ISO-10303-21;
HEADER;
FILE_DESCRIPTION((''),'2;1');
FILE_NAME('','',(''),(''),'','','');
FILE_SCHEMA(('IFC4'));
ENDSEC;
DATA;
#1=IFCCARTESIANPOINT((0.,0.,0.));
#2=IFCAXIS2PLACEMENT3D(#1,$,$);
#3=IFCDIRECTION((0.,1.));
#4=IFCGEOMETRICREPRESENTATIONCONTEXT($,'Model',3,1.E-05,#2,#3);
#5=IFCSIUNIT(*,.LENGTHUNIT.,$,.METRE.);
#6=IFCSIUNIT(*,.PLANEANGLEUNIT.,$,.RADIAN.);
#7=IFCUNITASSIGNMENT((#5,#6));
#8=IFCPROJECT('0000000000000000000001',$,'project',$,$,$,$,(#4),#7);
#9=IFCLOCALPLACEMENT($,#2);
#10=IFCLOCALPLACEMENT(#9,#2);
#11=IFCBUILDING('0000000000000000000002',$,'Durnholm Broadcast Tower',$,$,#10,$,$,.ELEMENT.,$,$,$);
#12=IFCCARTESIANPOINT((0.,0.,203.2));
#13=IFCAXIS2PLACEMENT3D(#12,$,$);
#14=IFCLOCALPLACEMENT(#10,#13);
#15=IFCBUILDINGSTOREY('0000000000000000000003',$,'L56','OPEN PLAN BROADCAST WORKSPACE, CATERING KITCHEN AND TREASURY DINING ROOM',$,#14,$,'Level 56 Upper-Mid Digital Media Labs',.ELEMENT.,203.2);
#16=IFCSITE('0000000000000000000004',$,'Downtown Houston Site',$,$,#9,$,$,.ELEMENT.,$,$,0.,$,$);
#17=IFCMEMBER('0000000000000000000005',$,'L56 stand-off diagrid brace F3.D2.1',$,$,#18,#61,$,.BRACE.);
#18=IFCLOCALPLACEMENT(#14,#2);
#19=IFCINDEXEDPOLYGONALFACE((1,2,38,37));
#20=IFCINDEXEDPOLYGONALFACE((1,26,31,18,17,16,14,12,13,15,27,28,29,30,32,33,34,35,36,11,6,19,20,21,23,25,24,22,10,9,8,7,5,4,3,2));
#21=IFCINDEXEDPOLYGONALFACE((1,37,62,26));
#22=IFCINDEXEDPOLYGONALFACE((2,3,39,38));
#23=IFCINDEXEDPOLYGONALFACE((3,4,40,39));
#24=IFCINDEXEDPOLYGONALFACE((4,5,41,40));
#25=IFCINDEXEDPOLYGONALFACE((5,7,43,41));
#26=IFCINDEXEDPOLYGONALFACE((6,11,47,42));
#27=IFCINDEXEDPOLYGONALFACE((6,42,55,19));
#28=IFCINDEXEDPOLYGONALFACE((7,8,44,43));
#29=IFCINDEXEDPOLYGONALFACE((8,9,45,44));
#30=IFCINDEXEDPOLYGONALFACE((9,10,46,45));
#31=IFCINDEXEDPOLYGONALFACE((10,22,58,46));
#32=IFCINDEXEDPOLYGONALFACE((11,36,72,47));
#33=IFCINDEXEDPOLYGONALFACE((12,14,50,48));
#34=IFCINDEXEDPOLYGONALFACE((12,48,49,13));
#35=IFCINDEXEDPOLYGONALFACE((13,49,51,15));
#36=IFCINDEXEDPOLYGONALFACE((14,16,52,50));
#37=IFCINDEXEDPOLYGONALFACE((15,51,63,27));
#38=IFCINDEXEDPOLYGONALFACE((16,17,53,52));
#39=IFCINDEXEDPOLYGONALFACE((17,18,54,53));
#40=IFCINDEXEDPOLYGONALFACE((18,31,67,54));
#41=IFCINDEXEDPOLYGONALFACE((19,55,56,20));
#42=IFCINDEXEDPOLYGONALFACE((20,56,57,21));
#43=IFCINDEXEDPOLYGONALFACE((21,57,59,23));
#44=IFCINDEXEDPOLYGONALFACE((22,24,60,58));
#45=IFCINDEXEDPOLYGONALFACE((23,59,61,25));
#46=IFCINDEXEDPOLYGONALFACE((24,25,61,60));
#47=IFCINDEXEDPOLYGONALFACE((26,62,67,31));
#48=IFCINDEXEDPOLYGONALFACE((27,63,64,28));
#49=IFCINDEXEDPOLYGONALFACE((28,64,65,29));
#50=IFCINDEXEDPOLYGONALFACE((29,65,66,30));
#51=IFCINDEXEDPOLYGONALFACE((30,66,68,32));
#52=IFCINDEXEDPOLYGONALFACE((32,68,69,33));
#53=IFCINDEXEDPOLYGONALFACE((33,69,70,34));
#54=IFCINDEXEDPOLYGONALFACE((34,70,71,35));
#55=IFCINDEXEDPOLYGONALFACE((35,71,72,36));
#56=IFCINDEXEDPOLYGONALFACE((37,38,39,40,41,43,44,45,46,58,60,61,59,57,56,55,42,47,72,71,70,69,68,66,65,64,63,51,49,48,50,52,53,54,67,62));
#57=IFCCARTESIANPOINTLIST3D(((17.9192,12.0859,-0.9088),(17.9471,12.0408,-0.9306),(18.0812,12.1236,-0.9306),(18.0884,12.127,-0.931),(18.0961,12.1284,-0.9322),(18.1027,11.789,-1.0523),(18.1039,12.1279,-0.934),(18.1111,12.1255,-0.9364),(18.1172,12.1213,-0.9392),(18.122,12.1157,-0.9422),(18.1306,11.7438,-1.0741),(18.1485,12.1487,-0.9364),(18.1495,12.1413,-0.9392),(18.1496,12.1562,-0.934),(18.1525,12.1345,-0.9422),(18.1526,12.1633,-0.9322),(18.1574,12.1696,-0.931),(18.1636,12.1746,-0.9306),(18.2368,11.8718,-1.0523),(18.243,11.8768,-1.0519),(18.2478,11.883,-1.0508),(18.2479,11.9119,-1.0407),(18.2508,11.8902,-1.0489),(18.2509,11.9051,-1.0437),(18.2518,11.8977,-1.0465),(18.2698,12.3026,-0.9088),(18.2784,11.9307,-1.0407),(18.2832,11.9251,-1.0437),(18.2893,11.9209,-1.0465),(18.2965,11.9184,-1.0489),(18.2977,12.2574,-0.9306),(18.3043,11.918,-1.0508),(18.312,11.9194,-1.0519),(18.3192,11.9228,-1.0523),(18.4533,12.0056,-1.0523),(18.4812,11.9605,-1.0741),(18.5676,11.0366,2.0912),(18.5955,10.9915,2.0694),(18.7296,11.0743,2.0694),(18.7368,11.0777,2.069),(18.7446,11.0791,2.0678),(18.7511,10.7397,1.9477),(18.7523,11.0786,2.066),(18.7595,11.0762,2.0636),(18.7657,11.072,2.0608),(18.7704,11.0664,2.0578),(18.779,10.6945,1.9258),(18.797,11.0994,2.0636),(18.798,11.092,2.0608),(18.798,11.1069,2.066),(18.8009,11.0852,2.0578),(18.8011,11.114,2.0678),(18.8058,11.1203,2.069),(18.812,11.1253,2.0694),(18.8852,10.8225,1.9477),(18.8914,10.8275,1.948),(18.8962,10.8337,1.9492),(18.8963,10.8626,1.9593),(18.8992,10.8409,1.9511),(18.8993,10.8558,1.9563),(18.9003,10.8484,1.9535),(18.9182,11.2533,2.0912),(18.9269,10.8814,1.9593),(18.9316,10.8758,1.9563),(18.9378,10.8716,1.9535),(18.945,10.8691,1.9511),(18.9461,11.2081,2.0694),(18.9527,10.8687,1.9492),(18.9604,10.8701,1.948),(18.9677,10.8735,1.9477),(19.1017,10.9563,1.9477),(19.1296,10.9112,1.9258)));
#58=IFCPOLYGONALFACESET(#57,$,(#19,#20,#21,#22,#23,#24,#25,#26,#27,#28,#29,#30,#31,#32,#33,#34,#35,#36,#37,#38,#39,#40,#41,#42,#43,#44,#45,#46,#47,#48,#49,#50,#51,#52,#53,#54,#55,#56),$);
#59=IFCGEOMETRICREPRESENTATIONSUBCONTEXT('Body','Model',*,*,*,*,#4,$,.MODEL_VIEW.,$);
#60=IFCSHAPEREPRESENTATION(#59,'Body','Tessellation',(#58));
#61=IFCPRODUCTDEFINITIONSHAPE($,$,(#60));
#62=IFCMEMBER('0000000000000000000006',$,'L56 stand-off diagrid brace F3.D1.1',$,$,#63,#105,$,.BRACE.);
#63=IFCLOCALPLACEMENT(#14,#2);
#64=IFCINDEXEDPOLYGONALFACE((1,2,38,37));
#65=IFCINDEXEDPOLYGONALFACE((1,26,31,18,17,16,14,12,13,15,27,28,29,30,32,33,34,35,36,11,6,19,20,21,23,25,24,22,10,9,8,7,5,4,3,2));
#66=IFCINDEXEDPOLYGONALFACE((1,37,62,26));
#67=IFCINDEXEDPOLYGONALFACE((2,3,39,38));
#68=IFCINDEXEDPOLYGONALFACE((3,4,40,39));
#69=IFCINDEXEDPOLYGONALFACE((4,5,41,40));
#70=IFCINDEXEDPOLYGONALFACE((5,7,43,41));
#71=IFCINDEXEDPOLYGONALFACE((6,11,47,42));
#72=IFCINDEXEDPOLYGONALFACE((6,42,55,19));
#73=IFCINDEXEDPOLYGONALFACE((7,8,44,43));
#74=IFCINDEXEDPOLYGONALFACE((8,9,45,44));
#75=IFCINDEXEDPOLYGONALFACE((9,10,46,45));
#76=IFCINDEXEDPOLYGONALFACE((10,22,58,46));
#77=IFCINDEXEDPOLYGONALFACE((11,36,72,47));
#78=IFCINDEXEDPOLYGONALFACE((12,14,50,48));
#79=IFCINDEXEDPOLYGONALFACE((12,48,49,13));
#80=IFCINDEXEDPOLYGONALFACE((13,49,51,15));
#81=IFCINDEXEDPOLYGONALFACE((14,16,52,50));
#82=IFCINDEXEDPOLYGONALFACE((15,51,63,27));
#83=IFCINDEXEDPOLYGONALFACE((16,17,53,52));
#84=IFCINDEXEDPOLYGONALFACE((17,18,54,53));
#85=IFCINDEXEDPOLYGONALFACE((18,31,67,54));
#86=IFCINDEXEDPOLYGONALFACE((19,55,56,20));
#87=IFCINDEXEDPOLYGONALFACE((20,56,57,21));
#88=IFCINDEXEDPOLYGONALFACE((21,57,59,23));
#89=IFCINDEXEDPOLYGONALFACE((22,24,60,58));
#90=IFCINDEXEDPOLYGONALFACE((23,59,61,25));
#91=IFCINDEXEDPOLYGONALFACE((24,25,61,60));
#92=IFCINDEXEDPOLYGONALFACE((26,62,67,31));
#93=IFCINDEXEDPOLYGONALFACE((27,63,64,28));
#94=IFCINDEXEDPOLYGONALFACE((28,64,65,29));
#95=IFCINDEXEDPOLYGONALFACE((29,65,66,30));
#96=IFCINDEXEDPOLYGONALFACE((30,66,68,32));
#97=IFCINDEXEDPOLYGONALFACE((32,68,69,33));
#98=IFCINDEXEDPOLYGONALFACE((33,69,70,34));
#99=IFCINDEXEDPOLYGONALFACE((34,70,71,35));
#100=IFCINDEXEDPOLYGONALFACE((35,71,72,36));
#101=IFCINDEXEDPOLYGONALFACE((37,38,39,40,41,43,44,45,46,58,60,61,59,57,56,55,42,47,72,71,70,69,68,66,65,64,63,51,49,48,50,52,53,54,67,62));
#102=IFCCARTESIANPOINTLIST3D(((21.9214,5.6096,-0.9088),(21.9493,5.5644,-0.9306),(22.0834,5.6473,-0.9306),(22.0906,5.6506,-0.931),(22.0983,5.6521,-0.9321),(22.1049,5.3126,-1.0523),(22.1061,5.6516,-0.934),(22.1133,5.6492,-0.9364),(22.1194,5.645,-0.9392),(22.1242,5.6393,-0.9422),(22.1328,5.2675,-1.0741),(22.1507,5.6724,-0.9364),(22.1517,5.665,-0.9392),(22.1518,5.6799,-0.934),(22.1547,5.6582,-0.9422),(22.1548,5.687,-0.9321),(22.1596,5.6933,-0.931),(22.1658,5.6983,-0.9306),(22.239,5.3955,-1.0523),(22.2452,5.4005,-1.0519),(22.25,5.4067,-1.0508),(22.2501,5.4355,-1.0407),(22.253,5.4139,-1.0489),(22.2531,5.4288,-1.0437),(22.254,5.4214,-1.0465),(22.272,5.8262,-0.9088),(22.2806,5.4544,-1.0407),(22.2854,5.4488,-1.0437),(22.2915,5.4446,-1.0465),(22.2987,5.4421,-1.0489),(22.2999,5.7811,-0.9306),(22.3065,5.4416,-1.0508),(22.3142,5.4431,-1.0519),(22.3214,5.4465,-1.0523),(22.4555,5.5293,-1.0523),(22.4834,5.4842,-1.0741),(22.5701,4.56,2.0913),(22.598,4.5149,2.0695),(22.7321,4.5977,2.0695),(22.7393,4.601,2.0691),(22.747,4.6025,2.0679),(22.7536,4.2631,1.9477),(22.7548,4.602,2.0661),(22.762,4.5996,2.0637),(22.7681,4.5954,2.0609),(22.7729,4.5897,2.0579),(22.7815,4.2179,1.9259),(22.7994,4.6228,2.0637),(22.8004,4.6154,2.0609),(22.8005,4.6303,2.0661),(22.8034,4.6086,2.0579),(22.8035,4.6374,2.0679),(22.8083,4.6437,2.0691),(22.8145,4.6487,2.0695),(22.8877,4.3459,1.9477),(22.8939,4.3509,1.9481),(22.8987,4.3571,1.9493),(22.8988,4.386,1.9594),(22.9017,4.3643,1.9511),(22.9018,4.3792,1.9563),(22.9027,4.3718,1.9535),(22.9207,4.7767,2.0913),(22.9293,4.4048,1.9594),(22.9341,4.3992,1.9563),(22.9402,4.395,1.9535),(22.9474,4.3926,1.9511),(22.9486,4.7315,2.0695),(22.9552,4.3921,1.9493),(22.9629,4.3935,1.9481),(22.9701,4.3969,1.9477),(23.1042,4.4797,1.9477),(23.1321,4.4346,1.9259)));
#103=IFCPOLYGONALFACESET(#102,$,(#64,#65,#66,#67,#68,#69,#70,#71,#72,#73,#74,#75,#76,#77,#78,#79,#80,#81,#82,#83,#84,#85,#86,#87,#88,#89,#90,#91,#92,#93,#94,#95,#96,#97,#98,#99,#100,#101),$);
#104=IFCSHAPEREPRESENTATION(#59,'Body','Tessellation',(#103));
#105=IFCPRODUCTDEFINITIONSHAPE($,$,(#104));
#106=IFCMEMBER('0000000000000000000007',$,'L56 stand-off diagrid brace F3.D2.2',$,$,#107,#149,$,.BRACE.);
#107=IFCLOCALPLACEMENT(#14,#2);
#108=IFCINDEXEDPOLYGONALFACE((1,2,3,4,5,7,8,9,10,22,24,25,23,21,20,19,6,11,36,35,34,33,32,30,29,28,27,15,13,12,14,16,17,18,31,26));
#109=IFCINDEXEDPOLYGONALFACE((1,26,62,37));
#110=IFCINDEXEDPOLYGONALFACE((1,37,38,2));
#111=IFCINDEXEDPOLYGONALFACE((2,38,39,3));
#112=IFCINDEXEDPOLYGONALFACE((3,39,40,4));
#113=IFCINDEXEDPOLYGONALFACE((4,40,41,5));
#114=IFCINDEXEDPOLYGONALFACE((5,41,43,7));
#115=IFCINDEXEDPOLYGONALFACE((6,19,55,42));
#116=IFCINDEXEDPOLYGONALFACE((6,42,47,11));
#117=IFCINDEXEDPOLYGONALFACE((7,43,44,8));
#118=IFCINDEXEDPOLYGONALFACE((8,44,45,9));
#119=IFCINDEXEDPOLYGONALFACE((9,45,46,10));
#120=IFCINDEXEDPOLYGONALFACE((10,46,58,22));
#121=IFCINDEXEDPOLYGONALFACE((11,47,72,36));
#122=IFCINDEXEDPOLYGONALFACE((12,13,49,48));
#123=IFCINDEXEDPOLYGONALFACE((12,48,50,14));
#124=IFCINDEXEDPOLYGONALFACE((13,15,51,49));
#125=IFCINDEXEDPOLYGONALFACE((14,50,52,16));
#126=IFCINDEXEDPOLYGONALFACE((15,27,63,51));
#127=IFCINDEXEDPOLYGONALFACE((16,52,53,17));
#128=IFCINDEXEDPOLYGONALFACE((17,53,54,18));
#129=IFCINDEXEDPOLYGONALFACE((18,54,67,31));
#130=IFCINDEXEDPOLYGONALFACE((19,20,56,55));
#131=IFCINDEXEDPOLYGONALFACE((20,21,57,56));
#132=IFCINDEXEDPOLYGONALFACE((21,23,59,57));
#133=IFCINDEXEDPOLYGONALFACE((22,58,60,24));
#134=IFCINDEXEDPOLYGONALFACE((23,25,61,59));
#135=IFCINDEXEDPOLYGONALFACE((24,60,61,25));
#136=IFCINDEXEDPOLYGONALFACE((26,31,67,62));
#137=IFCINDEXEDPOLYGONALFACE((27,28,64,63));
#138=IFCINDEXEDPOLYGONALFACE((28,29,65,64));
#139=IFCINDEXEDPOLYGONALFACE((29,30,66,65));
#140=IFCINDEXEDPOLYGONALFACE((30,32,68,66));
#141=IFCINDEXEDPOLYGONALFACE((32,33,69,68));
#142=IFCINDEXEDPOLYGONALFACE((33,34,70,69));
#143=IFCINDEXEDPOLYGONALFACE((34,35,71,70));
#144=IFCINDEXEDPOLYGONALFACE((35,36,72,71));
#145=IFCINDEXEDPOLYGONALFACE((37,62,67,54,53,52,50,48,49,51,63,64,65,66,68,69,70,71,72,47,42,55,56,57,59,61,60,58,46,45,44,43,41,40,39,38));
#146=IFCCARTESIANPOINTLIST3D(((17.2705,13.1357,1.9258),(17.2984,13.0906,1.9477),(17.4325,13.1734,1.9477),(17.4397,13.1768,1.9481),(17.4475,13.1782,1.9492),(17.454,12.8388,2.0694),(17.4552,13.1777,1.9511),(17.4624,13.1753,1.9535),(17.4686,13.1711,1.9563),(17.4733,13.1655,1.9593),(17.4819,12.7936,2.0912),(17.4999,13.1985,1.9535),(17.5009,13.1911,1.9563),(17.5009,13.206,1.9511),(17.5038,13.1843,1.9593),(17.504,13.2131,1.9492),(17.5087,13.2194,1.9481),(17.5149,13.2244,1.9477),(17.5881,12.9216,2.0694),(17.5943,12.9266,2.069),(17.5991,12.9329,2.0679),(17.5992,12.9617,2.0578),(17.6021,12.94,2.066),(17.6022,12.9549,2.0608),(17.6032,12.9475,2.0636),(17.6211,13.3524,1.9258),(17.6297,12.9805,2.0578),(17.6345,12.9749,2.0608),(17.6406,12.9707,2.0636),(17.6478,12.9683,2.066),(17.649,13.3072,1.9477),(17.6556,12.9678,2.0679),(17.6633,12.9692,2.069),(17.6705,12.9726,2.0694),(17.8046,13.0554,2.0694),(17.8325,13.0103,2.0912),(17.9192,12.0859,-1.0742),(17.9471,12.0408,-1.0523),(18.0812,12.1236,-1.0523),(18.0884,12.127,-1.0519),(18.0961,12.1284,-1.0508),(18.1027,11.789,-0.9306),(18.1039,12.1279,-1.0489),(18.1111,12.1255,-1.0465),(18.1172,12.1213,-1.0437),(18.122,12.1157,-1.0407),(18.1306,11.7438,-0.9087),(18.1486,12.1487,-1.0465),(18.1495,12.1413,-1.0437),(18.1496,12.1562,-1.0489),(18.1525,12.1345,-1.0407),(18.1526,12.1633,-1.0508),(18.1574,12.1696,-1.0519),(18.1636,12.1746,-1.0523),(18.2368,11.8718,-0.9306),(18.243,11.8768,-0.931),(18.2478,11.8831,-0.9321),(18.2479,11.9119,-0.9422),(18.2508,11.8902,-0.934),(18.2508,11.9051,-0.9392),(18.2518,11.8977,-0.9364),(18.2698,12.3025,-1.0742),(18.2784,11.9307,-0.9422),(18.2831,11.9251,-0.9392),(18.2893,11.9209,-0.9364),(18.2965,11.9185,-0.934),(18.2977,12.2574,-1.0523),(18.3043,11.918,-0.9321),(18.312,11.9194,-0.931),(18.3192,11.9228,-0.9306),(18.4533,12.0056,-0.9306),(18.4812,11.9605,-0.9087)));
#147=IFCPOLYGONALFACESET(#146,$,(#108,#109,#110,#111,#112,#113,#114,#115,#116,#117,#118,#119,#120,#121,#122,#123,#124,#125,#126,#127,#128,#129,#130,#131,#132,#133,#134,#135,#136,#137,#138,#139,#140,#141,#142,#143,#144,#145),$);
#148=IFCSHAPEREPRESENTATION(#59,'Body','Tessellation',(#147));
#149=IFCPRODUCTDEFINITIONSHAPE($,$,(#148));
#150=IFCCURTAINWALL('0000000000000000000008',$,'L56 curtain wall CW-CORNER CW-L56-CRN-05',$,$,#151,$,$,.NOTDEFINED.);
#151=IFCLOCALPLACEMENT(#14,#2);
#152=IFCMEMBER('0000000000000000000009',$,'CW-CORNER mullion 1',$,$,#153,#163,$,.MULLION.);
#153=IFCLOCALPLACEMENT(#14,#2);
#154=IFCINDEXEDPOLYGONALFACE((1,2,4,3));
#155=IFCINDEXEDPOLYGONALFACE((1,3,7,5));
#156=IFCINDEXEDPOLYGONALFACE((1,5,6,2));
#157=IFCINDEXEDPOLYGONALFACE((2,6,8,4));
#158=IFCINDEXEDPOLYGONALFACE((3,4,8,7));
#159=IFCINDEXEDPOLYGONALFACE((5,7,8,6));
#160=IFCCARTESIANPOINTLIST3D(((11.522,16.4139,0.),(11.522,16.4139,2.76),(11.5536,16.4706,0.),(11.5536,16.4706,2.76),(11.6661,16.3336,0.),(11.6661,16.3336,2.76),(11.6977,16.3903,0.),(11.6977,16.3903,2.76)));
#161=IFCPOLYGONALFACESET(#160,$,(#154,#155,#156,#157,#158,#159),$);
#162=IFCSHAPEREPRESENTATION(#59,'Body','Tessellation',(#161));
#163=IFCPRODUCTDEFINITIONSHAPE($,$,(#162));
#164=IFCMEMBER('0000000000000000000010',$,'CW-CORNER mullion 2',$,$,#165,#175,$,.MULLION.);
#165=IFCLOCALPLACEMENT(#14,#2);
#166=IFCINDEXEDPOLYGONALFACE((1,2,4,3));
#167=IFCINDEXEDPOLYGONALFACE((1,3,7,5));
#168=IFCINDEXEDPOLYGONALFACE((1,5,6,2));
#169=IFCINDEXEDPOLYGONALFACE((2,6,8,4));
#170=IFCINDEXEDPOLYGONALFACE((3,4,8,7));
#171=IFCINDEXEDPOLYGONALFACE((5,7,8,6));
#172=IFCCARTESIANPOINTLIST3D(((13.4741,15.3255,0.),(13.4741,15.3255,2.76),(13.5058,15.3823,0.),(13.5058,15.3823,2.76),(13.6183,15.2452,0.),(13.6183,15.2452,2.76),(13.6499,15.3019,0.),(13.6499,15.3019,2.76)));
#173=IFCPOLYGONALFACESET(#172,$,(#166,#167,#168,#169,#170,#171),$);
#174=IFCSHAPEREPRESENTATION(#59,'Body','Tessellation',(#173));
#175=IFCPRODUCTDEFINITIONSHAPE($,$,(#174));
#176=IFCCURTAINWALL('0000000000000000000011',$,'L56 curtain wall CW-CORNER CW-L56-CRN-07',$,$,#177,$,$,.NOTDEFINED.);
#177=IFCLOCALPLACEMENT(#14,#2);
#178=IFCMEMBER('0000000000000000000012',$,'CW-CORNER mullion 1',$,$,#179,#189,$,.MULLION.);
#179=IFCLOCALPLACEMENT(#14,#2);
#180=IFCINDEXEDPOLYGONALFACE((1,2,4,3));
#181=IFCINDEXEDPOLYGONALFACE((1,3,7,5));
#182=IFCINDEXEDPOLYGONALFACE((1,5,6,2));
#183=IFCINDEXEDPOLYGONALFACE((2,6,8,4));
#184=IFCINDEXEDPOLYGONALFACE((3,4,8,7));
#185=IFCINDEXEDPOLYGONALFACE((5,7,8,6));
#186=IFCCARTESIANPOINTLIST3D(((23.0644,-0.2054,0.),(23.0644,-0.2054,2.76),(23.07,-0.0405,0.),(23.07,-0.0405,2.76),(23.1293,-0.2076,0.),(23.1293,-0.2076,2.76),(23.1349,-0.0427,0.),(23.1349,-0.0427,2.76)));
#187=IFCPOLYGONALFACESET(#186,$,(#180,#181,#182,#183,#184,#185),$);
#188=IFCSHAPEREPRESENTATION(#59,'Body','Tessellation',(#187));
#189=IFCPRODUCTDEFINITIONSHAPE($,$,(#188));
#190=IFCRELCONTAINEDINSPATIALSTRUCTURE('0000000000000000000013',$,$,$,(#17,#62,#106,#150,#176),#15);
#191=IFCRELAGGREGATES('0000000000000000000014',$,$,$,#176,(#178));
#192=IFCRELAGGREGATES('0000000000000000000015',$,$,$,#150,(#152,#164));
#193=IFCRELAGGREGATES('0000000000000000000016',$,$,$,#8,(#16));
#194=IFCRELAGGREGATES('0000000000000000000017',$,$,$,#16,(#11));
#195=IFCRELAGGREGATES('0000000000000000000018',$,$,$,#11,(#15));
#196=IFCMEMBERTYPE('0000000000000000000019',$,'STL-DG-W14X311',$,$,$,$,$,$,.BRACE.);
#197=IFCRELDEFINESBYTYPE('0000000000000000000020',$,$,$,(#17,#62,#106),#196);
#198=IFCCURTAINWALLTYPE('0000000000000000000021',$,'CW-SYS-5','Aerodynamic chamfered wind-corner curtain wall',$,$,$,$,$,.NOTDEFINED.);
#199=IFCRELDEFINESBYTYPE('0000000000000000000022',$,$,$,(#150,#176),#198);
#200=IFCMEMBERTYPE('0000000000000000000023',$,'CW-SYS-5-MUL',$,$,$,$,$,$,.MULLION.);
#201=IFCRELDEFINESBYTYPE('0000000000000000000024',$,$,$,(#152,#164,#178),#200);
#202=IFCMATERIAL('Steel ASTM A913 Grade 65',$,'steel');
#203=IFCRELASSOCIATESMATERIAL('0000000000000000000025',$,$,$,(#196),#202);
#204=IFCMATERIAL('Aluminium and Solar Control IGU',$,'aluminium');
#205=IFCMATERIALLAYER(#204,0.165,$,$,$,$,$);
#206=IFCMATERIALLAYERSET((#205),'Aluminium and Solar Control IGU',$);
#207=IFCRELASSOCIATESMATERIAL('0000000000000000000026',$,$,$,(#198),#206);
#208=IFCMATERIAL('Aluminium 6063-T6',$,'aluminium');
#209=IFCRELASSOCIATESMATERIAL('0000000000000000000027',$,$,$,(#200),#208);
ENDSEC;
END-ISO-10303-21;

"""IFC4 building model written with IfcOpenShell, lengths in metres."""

from ifc_helpers import new_model, si_unit, direction, frame, origin, origin_2d, place, context, subcontext, project, spatial, rectangle, i_section, extrude, source, transform, mapped, material, layer, layer_set, material_profile, profile_set, type_object, type_shapes, element, aggregate, save


model = new_model("IFC4")

# Units and contexts
model_context = context("Model", 3, precision=1e-05, world=origin(), true_north=direction((0.0, 1.0)))
body_context = subcontext(model_context, "Body", "Model", "MODEL_VIEW")
ifc_project = project(units=[si_unit("LENGTHUNIT", "METRE"), si_unit("PLANEANGLEUNIT", "RADIAN")], contexts=[model_context])

# Site, building, storey
site_placement = place(None, origin())
site = spatial("IfcSite", under=ifc_project, at=site_placement, Name="Downtown Houston Site", CompositionType="ELEMENT", RefElevation=0.0)
building_placement = place(site_placement, origin())
building = spatial("IfcBuilding", under=site, at=building_placement, Name="Durnholm Broadcast Tower", CompositionType="ELEMENT")
storey_placement = place(building_placement, frame((0.0, 0.0, 203.2)))
storey = spatial("IfcBuildingStorey", under=building, at=storey_placement, Name="L56", Description="OPEN PLAN BROADCAST WORKSPACE, CATERING KITCHEN AND TREASURY DINING ROOM", LongName="Level 56 Upper-Mid Digital Media Labs", CompositionType="ELEMENT", Elevation=203.2)

# Members
ifc_material_1 = material(Name="Steel ASTM A913 Grade 65", Category="steel")
ifc_material_profile_1 = material_profile(ifc_material_1, i_section(OverallWidth=0.4121, OverallDepth=0.4348, WebThickness=0.0359, FlangeThickness=0.0574, FilletRadius=0.0305, at=origin_2d()), Name="W14X311")
ifc_profile_set_1 = profile_set([ifc_material_profile_1], Name="Steel ASTM A913 Grade 65")
member_type_1 = type_object("IfcMemberType", Name="STL-DG-W14X311", PredefinedType="BRACE", material=ifc_profile_set_1)
shared_shape_1 = source(origin(), body_context, "Body", "SweptSolid", [
    extrude(i_section(OverallWidth=0.4121, OverallDepth=0.4348, WebThickness=0.0359, FlangeThickness=0.0574, FilletRadius=0.0305, at=origin_2d()), origin(), (0.0, 0.0, 1.0), 3.2437),
])
for number, where, z_axis, x_axis, name in (
    (1, (18.2002, 12.0232, -0.9915), (0.199907, -0.323494, 0.924872), (0.850678, 0.525687, 0.0), "L56 stand-off diagrid brace F3.D2.1"),
):
    element("IfcMember", number, at=place(storey_placement, frame(where, z_axis=z_axis, x_axis=x_axis)), inside=storey, type_object=member_type_1, Name=name, PredefinedType="BRACE", context=body_context, shape_type="MappedRepresentation", body=[
        mapped(shared_shape_1, transform((0.0, 0.0, 0.0), x_axis=(1.0, 0.0, 0.0), y_axis=(0.0, 1.0, 0.0), z_axis=(0.0, 0.0, 1.0), scale=1.0)),
    ])
shared_shape_2 = source(origin(), body_context, "Body", "SweptSolid", [
    extrude(i_section(OverallWidth=0.4121, OverallDepth=0.4348, WebThickness=0.0359, FlangeThickness=0.0574, FilletRadius=0.0305, at=origin_2d()), origin(), (0.0, 0.0, 1.0), 3.2439),
])
type_shapes(member_type_1, [shared_shape_1, shared_shape_2])
for number, where, z_axis, x_axis, name in (
    (2, (22.2024, 5.5469, -0.9915), (0.199975, -0.323557, 0.924836), (0.850644, 0.525741, 0.0), "L56 stand-off diagrid brace F3.D1.1"),
    (3, (18.2002, 12.0232, -0.9915), (-0.19997, 0.323624, 0.924813), (-0.850699, -0.525653, 0.0), "L56 stand-off diagrid brace F3.D2.2"),
):
    element("IfcMember", number, at=place(storey_placement, frame(where, z_axis=z_axis, x_axis=x_axis)), inside=storey, type_object=member_type_1, Name=name, PredefinedType="BRACE", context=body_context, shape_type="MappedRepresentation", body=[
        mapped(shared_shape_2, transform((0.0, 0.0, 0.0), x_axis=(1.0, 0.0, 0.0), y_axis=(0.0, 1.0, 0.0), z_axis=(0.0, 0.0, 1.0), scale=1.0)),
    ])

# Curtain wall, members
ifc_material_2 = material(Name="Aluminium and Solar Control IGU", Category="aluminium")
ifc_layer_1 = layer(ifc_material_2, 0.165)
ifc_layer_set_1 = layer_set([ifc_layer_1], Name="Aluminium and Solar Control IGU")
curtain_wall_type_1 = type_object("IfcCurtainWallType", Name="CW-SYS-5", Description="Aerodynamic chamfered wind-corner curtain wall", PredefinedType="NOTDEFINED", material=ifc_layer_set_1)
curtain_wall_1_placement = place(storey_placement, origin())
curtain_wall_1 = element("IfcCurtainWall", 4, at=curtain_wall_1_placement, inside=storey, type_object=curtain_wall_type_1, Name="L56 curtain wall CW-CORNER CW-L56-CRN-05", PredefinedType="NOTDEFINED")
ifc_material_3 = material(Name="Aluminium 6063-T6", Category="aluminium")
ifc_material_profile_2 = material_profile(ifc_material_3, rectangle(XDim=0.0649, YDim=0.165, at=origin_2d()), Name="CWM65X165")
ifc_profile_set_2 = profile_set([ifc_material_profile_2], Name="Aluminium 6063-T6")
member_type_2 = type_object("IfcMemberType", Name="CW-SYS-5-MUL", PredefinedType="MULLION", material=ifc_profile_set_2)
shared_shape_3 = source(origin(), body_context, "Body", "SweptSolid", [
    extrude(rectangle(XDim=0.0649, YDim=0.165, at=origin_2d()), origin(), (0.0, 0.0, 1.0), 2.76),
])
type_shapes(member_type_2, [shared_shape_3])
member_1_placement = place(storey_placement, frame((11.6099, 16.4021, 0.0), z_axis=(0.0, 0.0, 1.0), x_axis=(0.486986, 0.87341, 0.0)))
member_1 = element("IfcMember", 5, at=member_1_placement, type_object=member_type_2, Name="CW-CORNER mullion 1", PredefinedType="MULLION", context=body_context, shape_type="MappedRepresentation", body=[
    mapped(shared_shape_3, transform((0.0, 0.0, 0.0), x_axis=(1.0, 0.0, 0.0), y_axis=(0.0, 1.0, 0.0), z_axis=(0.0, 0.0, 1.0), scale=1.0)),
])
member_2_placement = place(storey_placement, frame((13.562, 15.3137, 0.0), z_axis=(0.0, 0.0, 1.0), x_axis=(0.486986, 0.87341, 0.0)))
member_2 = element("IfcMember", 6, at=member_2_placement, type_object=member_type_2, Name="CW-CORNER mullion 2", PredefinedType="MULLION", context=body_context, shape_type="MappedRepresentation", body=[
    mapped(shared_shape_3, transform((0.0, 0.0, 0.0), x_axis=(1.0, 0.0, 0.0), y_axis=(0.0, 1.0, 0.0), z_axis=(0.0, 0.0, 1.0), scale=1.0)),
])

# Curtain wall, member
curtain_wall_2_placement = place(storey_placement, origin())
curtain_wall_2 = element("IfcCurtainWall", 7, at=curtain_wall_2_placement, inside=storey, type_object=curtain_wall_type_1, Name="L56 curtain wall CW-CORNER CW-L56-CRN-07", PredefinedType="NOTDEFINED")
member_3_placement = place(storey_placement, frame((23.0996, -0.124, 0.0), z_axis=(0.0, 0.0, 1.0), x_axis=(0.999425, -0.033913, 0.0)))
member_3 = element("IfcMember", 8, at=member_3_placement, type_object=member_type_2, Name="CW-CORNER mullion 1", PredefinedType="MULLION", context=body_context, shape_type="MappedRepresentation", body=[
    mapped(shared_shape_3, transform((0.0, 0.0, 0.0), x_axis=(1.0, 0.0, 0.0), y_axis=(0.0, 1.0, 0.0), z_axis=(0.0, 0.0, 1.0), scale=1.0)),
])

aggregate(curtain_wall_2, [member_3])
aggregate(curtain_wall_1, [member_1, member_2])

save(model, "model.ifc")
